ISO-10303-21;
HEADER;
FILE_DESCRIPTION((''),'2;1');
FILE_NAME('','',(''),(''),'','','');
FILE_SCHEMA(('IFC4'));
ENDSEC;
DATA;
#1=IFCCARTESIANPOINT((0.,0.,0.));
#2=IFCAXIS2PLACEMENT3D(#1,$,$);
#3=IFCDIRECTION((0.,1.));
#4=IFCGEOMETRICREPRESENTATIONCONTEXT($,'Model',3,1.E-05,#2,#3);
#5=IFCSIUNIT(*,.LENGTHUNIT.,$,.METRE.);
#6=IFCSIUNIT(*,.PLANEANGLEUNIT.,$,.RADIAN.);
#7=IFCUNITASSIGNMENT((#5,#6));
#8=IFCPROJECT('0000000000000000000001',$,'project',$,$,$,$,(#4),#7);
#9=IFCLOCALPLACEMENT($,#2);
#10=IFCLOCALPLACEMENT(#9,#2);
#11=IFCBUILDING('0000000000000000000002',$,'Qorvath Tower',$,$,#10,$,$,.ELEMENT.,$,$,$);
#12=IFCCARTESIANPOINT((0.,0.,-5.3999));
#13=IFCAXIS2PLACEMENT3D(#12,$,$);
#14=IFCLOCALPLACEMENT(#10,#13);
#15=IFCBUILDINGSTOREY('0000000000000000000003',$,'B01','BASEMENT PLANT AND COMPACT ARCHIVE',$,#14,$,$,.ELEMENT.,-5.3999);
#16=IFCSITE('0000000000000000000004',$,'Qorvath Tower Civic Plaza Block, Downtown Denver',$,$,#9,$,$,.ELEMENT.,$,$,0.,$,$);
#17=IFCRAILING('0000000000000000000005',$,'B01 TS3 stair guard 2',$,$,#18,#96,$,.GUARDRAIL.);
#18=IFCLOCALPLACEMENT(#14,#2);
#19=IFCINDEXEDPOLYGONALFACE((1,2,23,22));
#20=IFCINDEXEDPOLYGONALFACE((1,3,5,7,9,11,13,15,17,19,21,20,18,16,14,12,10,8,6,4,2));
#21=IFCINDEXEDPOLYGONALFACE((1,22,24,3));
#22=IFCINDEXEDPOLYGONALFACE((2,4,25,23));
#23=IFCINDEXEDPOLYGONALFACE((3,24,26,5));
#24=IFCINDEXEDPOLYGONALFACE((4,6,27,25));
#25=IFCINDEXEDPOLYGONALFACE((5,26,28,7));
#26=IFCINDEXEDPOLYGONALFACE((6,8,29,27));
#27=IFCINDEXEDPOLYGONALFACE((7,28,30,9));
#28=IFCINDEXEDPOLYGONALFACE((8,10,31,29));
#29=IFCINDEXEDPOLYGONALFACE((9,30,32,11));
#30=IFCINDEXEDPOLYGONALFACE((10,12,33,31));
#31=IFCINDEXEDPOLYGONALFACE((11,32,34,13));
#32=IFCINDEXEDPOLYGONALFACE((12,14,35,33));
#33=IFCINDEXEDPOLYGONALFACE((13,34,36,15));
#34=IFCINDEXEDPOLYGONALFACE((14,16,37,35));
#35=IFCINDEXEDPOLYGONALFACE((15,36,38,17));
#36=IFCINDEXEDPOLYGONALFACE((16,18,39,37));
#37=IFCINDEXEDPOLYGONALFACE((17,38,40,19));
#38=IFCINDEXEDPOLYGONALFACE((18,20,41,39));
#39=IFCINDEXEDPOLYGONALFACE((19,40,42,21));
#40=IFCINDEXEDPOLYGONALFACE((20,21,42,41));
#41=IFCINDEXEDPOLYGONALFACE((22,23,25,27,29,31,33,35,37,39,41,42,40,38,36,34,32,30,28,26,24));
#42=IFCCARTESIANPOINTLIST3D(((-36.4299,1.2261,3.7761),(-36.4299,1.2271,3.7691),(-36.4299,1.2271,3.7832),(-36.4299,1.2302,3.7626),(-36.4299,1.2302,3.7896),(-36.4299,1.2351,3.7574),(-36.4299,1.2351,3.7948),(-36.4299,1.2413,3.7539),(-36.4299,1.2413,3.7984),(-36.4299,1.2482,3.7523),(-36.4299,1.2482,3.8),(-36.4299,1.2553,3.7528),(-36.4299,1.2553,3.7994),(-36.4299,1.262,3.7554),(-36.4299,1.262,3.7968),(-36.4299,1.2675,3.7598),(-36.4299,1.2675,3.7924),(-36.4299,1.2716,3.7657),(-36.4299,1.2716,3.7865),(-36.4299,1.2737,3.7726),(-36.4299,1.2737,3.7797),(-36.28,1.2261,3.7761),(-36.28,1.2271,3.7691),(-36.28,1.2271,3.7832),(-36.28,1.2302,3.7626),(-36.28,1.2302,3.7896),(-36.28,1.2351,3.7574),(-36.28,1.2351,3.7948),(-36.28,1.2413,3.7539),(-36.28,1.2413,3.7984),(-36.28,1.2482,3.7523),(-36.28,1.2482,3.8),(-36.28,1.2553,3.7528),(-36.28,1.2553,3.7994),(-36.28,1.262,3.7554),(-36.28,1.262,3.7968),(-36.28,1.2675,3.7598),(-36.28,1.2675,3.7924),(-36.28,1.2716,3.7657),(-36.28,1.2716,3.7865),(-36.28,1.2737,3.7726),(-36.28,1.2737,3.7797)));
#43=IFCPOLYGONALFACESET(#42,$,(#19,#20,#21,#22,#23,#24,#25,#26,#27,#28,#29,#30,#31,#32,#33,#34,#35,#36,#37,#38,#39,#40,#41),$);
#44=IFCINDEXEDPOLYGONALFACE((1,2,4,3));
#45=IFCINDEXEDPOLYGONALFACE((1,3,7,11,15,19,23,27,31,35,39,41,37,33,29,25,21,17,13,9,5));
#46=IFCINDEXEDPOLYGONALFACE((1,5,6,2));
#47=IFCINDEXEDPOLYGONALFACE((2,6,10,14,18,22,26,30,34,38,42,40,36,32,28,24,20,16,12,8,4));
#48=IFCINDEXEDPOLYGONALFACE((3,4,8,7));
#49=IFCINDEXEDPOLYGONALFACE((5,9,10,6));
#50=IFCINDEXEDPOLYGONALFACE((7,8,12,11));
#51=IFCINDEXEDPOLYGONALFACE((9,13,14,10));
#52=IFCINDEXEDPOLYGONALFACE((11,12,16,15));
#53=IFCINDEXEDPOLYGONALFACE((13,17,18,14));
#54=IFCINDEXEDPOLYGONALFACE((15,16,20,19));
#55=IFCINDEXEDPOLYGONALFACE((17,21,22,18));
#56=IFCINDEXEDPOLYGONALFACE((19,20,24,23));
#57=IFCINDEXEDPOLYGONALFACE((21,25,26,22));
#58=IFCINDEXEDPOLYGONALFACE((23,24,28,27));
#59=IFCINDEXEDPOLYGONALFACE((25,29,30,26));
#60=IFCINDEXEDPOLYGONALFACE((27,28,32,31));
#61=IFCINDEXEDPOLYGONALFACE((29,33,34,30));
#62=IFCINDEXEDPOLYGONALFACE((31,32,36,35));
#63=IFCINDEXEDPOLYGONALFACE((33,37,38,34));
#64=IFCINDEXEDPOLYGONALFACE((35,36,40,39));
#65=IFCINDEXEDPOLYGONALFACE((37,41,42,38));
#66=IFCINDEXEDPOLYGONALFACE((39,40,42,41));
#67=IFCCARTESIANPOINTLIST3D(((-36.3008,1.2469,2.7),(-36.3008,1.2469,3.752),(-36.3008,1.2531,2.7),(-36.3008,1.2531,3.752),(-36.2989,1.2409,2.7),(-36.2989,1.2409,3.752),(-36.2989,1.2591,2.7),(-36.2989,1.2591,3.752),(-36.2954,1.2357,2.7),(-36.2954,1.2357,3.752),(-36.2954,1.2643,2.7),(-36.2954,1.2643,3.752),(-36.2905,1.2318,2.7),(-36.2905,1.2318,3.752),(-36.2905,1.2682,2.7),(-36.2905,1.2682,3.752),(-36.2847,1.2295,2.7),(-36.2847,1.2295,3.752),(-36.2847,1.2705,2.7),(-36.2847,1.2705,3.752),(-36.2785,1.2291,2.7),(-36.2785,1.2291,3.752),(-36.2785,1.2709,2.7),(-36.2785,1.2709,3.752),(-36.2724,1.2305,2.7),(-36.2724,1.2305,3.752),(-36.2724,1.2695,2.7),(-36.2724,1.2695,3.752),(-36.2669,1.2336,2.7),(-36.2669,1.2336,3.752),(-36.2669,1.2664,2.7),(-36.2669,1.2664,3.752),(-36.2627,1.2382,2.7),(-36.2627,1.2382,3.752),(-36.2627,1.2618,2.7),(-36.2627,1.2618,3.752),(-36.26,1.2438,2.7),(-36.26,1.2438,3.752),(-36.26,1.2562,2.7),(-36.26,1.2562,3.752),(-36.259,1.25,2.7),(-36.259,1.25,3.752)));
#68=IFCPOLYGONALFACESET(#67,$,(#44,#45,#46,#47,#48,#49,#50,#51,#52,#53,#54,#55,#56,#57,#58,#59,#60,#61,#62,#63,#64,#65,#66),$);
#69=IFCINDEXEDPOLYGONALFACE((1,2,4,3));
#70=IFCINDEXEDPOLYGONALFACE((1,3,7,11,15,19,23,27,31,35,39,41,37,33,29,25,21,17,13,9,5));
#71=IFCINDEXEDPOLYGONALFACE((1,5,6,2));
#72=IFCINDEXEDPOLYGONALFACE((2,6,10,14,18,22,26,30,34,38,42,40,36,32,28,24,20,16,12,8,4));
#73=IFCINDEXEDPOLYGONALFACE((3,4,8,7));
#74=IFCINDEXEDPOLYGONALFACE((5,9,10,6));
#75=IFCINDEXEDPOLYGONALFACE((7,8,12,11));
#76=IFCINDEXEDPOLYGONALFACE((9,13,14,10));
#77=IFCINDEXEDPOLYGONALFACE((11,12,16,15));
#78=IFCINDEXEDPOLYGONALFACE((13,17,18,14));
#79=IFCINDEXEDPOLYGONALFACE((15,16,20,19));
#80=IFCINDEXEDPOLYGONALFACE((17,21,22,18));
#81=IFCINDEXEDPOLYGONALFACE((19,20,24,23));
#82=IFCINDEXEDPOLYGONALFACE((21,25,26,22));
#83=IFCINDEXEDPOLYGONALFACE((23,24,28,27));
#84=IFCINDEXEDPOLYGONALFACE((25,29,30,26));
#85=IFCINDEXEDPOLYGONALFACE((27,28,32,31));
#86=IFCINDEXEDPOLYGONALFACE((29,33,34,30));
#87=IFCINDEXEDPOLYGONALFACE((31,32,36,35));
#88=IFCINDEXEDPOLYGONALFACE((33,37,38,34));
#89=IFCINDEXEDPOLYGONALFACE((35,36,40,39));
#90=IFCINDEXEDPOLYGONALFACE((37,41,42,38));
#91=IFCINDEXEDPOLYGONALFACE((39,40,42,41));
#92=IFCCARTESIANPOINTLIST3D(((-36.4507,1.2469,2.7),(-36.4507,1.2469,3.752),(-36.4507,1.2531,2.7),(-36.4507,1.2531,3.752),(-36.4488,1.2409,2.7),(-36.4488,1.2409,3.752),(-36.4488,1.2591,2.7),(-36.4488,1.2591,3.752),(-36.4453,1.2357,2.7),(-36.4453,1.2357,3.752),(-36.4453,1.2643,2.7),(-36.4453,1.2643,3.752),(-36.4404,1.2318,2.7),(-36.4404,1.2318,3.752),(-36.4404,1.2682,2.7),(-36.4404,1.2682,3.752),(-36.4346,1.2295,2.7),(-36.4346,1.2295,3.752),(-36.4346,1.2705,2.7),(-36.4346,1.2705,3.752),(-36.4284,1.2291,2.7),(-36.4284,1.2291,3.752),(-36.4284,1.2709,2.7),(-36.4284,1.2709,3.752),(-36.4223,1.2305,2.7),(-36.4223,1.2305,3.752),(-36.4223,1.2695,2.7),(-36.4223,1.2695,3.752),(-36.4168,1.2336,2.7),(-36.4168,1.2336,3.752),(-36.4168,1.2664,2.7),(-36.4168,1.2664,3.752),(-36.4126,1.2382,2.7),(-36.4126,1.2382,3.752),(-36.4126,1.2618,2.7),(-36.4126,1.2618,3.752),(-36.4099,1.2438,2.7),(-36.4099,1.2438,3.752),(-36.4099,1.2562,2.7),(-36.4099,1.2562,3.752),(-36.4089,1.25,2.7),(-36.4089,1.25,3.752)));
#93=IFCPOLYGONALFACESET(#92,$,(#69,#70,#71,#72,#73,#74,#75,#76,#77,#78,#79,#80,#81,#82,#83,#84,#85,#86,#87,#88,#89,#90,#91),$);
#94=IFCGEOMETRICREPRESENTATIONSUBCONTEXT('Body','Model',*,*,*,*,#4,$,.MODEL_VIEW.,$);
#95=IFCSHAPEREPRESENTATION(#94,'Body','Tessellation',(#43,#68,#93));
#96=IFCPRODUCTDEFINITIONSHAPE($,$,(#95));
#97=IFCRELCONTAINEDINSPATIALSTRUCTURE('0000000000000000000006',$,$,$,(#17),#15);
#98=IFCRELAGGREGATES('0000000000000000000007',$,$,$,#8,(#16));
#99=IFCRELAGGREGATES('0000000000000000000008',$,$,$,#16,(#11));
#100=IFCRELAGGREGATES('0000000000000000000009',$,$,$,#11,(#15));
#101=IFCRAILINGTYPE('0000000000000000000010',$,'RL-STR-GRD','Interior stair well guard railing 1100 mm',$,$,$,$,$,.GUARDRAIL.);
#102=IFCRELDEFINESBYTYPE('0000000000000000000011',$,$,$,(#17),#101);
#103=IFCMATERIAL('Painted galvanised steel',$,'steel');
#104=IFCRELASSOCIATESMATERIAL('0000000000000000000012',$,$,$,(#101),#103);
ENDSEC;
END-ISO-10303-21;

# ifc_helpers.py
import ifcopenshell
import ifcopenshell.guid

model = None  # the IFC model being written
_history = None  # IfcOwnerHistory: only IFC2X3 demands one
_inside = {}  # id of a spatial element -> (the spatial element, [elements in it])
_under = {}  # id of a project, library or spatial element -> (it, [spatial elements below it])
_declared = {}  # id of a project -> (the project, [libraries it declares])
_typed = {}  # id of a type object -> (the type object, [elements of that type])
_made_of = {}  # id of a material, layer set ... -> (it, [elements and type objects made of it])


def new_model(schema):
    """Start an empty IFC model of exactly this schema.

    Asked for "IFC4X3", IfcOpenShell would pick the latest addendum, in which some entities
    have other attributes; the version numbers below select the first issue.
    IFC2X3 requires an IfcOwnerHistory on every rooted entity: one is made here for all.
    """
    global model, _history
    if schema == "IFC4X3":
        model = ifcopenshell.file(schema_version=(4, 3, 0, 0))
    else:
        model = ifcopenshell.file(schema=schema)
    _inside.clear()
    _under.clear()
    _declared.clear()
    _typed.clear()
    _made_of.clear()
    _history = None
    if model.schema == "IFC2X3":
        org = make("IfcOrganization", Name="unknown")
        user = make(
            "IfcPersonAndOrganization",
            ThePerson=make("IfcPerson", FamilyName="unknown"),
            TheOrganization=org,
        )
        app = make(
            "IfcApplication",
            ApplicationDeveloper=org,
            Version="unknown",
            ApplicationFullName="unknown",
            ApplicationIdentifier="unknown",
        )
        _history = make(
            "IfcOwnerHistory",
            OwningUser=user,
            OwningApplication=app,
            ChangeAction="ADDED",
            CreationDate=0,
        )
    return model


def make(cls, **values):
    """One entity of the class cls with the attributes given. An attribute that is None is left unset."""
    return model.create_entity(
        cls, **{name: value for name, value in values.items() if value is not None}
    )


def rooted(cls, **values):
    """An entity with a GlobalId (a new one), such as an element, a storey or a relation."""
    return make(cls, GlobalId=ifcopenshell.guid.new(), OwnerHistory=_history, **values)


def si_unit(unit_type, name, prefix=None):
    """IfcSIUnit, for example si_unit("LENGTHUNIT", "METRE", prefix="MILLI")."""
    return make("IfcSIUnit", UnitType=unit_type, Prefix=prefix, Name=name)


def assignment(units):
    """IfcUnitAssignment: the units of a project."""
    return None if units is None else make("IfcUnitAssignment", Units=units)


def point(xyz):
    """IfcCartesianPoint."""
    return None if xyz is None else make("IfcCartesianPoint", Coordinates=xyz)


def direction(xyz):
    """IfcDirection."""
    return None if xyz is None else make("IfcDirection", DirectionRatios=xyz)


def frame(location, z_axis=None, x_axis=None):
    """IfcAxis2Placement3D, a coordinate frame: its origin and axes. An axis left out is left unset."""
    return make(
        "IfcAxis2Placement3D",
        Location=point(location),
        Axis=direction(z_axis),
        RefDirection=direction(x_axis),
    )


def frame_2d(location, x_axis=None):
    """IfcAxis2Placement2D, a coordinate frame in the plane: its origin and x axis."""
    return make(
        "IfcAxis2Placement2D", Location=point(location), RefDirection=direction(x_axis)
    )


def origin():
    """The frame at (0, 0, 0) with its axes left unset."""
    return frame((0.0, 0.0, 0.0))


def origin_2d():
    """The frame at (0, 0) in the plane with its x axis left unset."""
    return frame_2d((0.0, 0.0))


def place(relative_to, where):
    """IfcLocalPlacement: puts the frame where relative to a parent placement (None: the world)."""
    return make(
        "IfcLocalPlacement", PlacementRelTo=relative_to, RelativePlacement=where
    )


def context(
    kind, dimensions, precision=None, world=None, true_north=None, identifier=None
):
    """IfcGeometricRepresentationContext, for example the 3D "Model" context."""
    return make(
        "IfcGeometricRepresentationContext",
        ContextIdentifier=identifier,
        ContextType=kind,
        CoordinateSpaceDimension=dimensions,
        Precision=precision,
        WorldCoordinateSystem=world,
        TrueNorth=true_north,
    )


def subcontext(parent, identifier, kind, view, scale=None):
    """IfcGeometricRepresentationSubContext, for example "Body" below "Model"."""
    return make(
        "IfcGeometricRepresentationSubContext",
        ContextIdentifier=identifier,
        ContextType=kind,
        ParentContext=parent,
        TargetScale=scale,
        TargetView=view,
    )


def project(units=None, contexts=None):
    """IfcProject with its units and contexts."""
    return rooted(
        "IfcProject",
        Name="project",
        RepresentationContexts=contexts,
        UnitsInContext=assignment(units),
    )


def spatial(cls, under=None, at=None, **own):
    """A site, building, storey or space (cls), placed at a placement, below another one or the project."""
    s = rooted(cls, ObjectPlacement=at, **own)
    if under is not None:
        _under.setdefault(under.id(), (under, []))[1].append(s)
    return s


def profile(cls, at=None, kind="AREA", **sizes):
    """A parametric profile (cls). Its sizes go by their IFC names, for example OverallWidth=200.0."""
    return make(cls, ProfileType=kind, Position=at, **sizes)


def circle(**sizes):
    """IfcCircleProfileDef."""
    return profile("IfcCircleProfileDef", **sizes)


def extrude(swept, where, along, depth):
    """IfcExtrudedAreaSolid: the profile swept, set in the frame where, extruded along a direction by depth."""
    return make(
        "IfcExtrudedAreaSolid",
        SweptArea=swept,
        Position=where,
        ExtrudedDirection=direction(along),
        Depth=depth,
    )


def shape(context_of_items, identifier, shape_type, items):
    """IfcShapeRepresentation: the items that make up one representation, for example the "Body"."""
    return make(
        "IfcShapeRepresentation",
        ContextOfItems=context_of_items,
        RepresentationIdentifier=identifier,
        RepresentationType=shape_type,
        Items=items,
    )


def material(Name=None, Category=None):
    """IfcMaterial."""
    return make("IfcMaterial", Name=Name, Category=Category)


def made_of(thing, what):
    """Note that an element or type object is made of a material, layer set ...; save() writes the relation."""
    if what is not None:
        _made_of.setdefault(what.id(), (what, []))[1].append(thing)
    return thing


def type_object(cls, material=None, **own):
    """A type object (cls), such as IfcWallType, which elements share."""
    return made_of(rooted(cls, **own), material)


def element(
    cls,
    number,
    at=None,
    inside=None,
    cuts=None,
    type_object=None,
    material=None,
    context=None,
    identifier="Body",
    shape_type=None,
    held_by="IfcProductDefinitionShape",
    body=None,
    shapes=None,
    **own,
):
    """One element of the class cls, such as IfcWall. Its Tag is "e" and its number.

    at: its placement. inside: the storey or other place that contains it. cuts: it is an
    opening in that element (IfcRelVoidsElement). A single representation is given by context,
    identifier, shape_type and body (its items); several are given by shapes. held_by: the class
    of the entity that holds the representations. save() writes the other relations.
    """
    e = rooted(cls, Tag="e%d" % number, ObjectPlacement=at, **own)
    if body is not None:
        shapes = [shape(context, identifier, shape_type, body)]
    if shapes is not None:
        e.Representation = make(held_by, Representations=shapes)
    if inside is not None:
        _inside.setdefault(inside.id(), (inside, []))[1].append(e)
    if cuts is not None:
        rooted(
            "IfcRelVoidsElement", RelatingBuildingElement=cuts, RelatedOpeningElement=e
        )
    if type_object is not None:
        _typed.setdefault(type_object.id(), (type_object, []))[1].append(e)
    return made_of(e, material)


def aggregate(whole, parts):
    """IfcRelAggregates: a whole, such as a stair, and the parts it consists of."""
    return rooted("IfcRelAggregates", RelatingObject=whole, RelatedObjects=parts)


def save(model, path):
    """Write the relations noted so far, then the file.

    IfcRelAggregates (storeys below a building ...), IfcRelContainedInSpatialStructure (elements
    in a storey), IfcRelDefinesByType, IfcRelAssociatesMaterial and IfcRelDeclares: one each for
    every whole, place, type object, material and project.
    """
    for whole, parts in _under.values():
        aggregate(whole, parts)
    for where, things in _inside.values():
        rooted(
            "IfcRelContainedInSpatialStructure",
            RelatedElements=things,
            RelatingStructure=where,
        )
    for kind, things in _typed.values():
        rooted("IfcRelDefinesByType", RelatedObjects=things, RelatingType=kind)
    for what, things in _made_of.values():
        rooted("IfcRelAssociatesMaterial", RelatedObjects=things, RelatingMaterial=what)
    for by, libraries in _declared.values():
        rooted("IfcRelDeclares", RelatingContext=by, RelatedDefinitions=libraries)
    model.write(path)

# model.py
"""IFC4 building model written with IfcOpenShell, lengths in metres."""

from ifc_helpers import new_model, si_unit, direction, frame, origin, origin_2d, place, context, subcontext, project, spatial, circle, extrude, material, type_object, element, save


model = new_model("IFC4")

# Units and contexts
model_context = context("Model", 3, precision=1e-05, world=origin(), true_north=direction((0.0, 1.0)))
body_context = subcontext(model_context, "Body", "Model", "MODEL_VIEW")
ifc_project = project(units=[si_unit("LENGTHUNIT", "METRE"), si_unit("PLANEANGLEUNIT", "RADIAN")], contexts=[model_context])

# Site, building, storey
site_placement = place(None, origin())
site = spatial("IfcSite", under=ifc_project, at=site_placement, Name="Qorvath Tower Civic Plaza Block, Downtown Denver", CompositionType="ELEMENT", RefElevation=0.0)
building_placement = place(site_placement, origin())
building = spatial("IfcBuilding", under=site, at=building_placement, Name="Qorvath Tower", CompositionType="ELEMENT")
storey_placement = place(building_placement, frame((0.0, 0.0, -5.3999)))
storey = spatial("IfcBuildingStorey", under=building, at=storey_placement, Name="B01", Description="BASEMENT PLANT AND COMPACT ARCHIVE", CompositionType="ELEMENT", Elevation=-5.3999)

# Railing
ifc_material_1 = material(Name="Painted galvanised steel", Category="steel")
railing_type = type_object("IfcRailingType", Name="RL-STR-GRD", Description="Interior stair well guard railing 1100 mm", PredefinedType="GUARDRAIL", material=ifc_material_1)
railing_1_placement = place(storey_placement, frame((-36.28, 1.25, 2.7)))
element("IfcRailing", 1, at=railing_1_placement, inside=storey, type_object=railing_type, Name="B01 TS3 stair guard 2", PredefinedType="GUARDRAIL", context=body_context, shape_type="SweptSolid", body=[
    extrude(circle(Radius=0.0239, at=origin_2d()), frame((0.0, 0.0, 1.0762), z_axis=(-1.0, 0.0, 0.0), x_axis=(0.0, -1.0, 0.0)), (0.0, 0.0, 1.0), 0.1499),
    extrude(circle(Radius=0.021, at=origin_2d()), origin(), (0.0, 0.0, 1.0), 1.052),
    extrude(circle(Radius=0.021, at=origin_2d()), frame((-0.1499, 0.0, 0.0)), (0.0, 0.0, 1.0), 1.052),
])

save(model, "model.ifc")
